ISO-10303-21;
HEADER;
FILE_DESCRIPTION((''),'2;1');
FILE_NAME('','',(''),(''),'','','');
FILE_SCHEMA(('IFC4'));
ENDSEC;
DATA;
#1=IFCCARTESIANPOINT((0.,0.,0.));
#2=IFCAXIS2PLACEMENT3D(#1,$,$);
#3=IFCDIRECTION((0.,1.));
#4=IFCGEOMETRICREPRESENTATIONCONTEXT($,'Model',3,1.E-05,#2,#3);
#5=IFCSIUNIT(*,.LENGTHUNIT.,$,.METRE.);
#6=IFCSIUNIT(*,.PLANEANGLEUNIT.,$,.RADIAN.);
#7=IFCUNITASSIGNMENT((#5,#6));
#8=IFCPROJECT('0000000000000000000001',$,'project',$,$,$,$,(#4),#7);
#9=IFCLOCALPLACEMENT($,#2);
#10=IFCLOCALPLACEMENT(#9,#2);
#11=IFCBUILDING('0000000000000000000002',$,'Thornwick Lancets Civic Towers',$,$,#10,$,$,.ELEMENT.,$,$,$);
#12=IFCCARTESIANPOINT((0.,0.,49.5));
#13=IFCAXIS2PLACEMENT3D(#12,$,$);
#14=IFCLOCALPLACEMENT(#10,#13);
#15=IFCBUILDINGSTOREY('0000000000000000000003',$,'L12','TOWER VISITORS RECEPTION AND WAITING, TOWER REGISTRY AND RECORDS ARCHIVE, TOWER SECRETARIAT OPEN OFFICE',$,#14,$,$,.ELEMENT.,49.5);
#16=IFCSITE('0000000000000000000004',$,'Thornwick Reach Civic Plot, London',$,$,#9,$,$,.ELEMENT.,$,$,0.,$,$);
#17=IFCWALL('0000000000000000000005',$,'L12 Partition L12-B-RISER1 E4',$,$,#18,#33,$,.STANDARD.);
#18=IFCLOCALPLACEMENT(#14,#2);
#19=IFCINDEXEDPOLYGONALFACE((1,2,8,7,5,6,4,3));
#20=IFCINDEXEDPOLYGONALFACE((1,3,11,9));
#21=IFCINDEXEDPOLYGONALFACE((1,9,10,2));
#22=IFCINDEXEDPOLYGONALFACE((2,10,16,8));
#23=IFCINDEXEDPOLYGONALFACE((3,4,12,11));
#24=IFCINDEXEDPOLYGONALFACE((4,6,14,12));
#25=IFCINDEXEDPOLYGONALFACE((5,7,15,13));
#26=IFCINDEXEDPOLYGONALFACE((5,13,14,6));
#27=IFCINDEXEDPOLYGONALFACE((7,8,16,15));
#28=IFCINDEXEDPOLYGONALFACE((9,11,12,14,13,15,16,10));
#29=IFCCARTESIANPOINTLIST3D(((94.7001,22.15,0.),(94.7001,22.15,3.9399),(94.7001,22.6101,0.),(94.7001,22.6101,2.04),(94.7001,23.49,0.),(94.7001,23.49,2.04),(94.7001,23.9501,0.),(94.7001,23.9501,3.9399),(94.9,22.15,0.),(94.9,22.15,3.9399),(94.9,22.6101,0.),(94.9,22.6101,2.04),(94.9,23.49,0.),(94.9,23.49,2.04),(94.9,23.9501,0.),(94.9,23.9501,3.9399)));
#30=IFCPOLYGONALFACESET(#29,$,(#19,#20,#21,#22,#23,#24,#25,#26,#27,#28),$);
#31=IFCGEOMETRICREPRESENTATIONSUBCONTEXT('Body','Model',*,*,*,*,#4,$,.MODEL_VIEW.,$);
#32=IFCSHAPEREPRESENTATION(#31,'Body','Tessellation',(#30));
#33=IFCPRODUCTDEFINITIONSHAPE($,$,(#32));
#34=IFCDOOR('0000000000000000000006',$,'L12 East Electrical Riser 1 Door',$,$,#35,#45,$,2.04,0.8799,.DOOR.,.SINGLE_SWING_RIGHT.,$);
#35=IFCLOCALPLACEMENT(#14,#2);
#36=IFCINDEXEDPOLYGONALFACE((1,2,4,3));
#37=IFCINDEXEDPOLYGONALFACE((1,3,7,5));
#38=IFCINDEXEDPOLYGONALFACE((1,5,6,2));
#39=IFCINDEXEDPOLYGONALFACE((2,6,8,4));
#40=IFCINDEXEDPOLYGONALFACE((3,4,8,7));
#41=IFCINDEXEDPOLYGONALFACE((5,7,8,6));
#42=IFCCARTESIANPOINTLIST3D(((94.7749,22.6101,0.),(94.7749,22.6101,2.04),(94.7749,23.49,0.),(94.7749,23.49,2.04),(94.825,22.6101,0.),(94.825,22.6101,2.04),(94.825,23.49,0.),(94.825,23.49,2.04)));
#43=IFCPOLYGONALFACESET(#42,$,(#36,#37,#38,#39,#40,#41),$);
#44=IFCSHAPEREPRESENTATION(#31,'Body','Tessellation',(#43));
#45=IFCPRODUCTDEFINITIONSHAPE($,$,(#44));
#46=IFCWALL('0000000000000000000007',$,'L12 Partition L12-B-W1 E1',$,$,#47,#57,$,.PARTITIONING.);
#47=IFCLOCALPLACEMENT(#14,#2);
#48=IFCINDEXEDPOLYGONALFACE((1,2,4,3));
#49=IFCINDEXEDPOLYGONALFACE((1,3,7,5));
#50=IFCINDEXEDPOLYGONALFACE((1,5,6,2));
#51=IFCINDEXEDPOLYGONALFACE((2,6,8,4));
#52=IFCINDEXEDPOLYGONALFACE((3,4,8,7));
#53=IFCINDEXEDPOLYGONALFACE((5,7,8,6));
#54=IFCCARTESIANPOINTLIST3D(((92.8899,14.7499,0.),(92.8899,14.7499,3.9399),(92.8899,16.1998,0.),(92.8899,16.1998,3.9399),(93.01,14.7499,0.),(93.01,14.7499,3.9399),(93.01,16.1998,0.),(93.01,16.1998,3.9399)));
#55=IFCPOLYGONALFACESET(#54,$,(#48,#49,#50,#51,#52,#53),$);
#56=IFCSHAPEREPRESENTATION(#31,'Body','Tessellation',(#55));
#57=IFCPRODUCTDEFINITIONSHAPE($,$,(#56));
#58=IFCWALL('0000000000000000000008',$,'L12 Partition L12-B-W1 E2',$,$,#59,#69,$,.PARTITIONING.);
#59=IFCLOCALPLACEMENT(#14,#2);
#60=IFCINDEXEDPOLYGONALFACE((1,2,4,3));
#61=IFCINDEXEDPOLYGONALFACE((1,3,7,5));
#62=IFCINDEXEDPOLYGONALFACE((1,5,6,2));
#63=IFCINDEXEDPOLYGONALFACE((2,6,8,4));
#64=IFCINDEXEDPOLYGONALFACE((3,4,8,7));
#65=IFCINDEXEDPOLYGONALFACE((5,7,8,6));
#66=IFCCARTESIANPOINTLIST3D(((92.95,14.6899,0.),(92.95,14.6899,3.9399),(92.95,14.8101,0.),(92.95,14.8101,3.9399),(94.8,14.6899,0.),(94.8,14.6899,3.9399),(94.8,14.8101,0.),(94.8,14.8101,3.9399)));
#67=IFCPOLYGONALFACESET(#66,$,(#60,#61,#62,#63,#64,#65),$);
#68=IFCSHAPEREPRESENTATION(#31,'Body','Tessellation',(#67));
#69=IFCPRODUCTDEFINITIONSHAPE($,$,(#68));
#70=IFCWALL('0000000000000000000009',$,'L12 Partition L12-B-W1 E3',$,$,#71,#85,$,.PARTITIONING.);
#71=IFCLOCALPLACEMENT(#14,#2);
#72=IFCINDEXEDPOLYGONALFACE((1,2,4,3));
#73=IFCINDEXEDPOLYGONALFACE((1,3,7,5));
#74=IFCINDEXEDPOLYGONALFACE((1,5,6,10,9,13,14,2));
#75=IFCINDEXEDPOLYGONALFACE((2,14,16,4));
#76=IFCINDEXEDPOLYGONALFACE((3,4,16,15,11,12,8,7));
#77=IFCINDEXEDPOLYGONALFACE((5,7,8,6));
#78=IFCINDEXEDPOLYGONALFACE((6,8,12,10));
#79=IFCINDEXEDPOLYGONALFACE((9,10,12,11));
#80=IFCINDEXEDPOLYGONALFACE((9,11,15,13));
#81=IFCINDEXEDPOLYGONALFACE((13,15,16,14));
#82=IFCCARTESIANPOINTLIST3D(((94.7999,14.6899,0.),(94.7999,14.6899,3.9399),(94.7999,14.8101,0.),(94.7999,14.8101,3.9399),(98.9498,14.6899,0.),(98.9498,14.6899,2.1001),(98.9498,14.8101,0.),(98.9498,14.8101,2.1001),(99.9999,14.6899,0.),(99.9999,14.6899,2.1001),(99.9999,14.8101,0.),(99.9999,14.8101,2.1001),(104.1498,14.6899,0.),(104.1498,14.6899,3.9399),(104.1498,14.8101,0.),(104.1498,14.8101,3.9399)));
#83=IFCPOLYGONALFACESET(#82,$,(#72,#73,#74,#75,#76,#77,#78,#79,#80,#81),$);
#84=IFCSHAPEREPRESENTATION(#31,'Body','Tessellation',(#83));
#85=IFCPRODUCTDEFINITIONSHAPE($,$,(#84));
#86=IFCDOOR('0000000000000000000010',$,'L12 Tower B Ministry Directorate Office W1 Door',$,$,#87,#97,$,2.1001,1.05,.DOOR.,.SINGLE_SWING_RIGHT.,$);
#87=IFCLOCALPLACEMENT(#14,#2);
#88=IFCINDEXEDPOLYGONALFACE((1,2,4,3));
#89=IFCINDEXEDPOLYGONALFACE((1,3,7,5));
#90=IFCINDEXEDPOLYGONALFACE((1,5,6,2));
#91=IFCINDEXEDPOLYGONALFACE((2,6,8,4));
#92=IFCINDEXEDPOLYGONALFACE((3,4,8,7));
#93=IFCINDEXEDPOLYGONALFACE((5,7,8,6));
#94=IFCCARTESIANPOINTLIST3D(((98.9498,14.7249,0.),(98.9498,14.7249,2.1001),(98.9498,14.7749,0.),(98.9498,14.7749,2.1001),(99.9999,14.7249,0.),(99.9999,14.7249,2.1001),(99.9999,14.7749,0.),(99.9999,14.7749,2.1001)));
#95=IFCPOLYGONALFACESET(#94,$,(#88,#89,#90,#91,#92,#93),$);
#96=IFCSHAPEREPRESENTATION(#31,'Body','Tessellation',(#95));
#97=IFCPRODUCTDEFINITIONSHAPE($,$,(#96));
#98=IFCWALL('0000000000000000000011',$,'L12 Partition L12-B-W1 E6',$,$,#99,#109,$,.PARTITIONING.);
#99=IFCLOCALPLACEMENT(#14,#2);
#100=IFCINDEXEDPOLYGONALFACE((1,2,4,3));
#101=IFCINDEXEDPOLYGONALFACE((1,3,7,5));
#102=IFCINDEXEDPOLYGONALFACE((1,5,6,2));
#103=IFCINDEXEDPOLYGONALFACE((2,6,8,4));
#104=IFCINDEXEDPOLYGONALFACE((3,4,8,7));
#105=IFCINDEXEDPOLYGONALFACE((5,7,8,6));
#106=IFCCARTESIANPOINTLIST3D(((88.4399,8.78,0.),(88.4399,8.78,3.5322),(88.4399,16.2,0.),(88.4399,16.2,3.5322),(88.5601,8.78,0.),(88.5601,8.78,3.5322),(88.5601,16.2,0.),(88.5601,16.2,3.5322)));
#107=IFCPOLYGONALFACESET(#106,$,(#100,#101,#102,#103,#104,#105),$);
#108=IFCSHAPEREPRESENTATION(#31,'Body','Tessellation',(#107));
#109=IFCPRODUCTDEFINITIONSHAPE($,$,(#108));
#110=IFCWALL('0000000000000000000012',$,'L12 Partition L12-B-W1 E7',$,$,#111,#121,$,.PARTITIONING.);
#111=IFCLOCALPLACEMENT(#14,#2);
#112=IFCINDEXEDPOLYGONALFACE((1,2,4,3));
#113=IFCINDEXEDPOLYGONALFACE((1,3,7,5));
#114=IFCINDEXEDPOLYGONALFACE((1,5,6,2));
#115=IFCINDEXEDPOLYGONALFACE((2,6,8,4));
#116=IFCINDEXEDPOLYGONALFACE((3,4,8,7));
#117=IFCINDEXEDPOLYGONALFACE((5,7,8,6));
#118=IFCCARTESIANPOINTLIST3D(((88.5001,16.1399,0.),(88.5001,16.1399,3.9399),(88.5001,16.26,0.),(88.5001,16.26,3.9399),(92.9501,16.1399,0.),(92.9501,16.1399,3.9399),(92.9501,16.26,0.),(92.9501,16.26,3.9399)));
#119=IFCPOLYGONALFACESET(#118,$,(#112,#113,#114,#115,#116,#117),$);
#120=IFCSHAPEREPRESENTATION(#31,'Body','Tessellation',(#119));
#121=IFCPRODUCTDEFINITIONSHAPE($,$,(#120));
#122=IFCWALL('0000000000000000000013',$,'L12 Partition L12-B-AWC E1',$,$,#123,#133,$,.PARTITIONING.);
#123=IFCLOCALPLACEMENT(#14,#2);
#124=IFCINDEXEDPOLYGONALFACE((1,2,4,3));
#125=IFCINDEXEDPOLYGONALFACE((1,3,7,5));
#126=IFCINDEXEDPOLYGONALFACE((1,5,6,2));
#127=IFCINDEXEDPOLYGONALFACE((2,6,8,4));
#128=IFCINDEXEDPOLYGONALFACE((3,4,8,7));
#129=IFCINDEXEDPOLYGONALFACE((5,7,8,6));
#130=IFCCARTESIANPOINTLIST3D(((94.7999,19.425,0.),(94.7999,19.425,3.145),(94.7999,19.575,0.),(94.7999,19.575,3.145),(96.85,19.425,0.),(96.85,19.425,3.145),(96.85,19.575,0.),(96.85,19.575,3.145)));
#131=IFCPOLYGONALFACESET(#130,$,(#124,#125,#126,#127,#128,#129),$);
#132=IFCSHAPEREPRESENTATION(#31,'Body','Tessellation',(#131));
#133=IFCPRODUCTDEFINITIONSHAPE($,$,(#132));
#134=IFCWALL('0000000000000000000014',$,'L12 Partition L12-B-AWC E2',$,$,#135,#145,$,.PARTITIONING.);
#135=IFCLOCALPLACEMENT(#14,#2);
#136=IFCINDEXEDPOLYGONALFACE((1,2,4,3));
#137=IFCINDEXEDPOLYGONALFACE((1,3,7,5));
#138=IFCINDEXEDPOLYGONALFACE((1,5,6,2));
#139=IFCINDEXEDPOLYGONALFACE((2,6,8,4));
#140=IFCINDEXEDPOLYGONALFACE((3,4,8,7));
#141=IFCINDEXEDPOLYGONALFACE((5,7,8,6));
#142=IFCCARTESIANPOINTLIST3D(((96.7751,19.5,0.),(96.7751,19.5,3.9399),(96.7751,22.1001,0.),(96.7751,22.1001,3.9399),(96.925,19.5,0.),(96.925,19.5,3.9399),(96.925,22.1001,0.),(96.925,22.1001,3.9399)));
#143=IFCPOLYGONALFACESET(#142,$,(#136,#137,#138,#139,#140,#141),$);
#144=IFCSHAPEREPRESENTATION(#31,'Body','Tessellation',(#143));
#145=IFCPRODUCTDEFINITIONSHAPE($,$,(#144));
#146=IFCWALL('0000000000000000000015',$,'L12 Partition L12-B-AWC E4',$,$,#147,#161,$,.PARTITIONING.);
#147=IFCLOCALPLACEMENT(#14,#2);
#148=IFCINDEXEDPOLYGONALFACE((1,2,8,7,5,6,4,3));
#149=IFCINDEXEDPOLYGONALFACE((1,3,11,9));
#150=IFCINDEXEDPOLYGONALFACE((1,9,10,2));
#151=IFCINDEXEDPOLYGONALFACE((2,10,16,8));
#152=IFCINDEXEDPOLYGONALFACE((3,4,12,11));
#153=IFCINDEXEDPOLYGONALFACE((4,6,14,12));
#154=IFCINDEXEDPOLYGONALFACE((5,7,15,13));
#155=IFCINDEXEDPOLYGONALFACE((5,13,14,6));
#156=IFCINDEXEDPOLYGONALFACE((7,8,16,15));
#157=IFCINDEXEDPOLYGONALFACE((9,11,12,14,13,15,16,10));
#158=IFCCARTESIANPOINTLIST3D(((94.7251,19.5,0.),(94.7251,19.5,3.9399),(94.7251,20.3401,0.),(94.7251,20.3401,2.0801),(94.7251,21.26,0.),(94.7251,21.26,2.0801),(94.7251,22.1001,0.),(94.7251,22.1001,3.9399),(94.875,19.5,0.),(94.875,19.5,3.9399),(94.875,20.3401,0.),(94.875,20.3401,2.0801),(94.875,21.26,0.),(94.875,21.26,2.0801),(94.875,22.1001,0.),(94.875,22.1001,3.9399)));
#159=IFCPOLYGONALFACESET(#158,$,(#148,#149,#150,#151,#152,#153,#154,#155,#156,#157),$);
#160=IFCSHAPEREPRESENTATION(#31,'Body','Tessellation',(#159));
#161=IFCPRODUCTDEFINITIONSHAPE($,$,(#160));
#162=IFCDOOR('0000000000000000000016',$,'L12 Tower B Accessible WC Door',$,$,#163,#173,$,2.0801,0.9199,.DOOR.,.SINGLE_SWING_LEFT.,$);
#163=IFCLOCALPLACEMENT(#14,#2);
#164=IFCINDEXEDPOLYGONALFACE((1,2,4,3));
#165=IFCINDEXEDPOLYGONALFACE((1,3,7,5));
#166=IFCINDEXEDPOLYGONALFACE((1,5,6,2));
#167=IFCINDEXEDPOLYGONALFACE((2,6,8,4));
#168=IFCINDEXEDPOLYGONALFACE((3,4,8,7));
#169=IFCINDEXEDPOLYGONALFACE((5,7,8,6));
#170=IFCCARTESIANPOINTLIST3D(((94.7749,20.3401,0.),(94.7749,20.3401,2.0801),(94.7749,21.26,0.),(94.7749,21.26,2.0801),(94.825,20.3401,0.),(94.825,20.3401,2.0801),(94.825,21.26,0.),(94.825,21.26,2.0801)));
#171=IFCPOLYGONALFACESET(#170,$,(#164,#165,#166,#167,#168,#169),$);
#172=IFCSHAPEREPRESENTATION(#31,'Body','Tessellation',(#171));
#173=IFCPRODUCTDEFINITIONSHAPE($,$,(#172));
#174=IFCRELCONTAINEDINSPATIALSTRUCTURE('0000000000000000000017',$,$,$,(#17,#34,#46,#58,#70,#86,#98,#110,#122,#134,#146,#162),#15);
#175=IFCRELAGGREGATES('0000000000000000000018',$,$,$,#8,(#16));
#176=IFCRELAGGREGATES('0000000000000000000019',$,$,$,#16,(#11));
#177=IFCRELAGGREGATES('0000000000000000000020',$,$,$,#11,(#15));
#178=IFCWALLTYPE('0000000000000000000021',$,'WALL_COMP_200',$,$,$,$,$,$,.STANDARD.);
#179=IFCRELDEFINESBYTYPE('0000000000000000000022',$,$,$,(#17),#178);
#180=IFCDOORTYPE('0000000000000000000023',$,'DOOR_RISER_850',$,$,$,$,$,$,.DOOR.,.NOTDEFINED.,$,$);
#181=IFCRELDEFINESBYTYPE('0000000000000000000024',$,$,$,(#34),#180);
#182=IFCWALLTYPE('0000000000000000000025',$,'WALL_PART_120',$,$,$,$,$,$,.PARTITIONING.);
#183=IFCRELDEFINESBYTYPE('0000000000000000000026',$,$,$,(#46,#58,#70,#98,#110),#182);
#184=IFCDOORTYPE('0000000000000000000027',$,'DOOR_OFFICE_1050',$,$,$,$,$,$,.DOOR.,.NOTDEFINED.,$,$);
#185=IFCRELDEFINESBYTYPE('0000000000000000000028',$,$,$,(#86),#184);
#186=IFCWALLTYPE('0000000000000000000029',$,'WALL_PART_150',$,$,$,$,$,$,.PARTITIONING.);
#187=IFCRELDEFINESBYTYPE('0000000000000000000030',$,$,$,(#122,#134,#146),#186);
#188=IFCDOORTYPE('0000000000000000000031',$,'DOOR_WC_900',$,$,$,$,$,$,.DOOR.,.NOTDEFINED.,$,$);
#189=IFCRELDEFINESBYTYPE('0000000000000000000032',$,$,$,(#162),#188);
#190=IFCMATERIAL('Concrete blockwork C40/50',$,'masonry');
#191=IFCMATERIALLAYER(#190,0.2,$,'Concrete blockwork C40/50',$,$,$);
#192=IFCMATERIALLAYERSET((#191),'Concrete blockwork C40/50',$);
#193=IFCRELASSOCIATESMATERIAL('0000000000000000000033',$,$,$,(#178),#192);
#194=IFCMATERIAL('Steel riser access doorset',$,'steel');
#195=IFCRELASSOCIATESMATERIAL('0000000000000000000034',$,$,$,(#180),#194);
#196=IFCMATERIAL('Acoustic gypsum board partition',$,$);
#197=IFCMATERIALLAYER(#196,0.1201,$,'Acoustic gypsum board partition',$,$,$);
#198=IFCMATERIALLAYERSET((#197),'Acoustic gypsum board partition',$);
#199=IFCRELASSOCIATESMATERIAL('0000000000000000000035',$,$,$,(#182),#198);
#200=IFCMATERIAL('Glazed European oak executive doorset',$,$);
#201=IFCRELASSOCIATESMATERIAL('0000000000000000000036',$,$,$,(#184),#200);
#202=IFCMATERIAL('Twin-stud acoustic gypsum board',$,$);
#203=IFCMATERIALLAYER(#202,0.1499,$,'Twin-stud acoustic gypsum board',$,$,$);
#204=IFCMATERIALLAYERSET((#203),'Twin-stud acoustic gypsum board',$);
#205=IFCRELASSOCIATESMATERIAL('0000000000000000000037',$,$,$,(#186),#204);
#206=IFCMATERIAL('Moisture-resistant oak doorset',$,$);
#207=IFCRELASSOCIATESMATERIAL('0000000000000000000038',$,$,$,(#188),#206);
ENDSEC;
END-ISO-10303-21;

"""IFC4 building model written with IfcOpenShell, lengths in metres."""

from ifc_helpers import new_model, si_unit, direction, frame, frame_2d, origin, place, context, subcontext, project, spatial, rectangle, extrude, material, layer, layer_set, type_object, element, fill, save


model = new_model("IFC4")

# Units and contexts
model_context = context("Model", 3, precision=1e-05, world=origin(), true_north=direction((0.0, 1.0)))
body_context = subcontext(model_context, "Body", "Model", "MODEL_VIEW")
ifc_project = project(units=[si_unit("LENGTHUNIT", "METRE"), si_unit("PLANEANGLEUNIT", "RADIAN")], contexts=[model_context])

# Site, building, storey
site_placement = place(None, origin())
site = spatial("IfcSite", under=ifc_project, at=site_placement, Name="Thornwick Reach Civic Plot, London", CompositionType="ELEMENT", RefElevation=0.0)
building_placement = place(site_placement, origin())
building = spatial("IfcBuilding", under=site, at=building_placement, Name="Thornwick Lancets Civic Towers", CompositionType="ELEMENT")
storey_placement = place(building_placement, frame((0.0, 0.0, 49.5)))
storey = spatial("IfcBuildingStorey", under=building, at=storey_placement, Name="L12", Description="TOWER VISITORS RECEPTION AND WAITING, TOWER REGISTRY AND RECORDS ARCHIVE, TOWER SECRETARIAT OPEN OFFICE", CompositionType="ELEMENT", Elevation=49.5)

# Shared definitions
ifc_material_1 = material(Name="Concrete blockwork C40/50", Category="masonry")
ifc_layer_1 = layer(ifc_material_1, 0.2, Name="Concrete blockwork C40/50")
ifc_layer_set_1 = layer_set([ifc_layer_1], Name="Concrete blockwork C40/50")
wall_type_1 = type_object("IfcWallType", Name="WALL_COMP_200", PredefinedType="STANDARD", material=ifc_layer_set_1)

# Wall, opening, door
wall_1_placement = place(storey_placement, frame((94.8, 23.95, 0.0), z_axis=(0.0, 0.0, 1.0), x_axis=(0.0, -1.0, 0.0)))
wall_1 = element("IfcWall", 1, at=wall_1_placement, inside=storey, type_object=wall_type_1, Name="L12 Partition L12-B-RISER1 E4", PredefinedType="STANDARD", context=body_context, shape_type="SweptSolid", body=[
    extrude(rectangle(XDim=1.8, YDim=0.2, at=frame_2d((0.8999, 0.0))), origin(), (0.0, 0.0, 1.0), 3.9399),
])
opening_1_placement = place(wall_1_placement, frame((0.46, 0.0, 0.0)))
opening_1 = element("IfcOpeningElement", 2, at=opening_1_placement, cuts=wall_1, PredefinedType="OPENING", context=body_context, shape_type="SweptSolid", body=[
    extrude(rectangle(XDim=0.8799, YDim=2.04, at=frame_2d((0.4399, 1.02))), frame((0.0, 0.1099, 0.0), z_axis=(0.0, -1.0, 0.0), x_axis=(1.0, 0.0, 0.0)), (0.0, 0.0, 1.0), 0.22),
])
ifc_material_2 = material(Name="Steel riser access doorset", Category="steel")
door_type_1 = type_object("IfcDoorType", Name="DOOR_RISER_850", OperationType="NOTDEFINED", PredefinedType="DOOR", material=ifc_material_2)
door_1_placement = place(opening_1_placement, origin())
door_1 = element("IfcDoor", 3, at=door_1_placement, inside=storey, type_object=door_type_1, Name="L12 East Electrical Riser 1 Door", OperationType="SINGLE_SWING_RIGHT", OverallHeight=2.04, OverallWidth=0.8799, PredefinedType="DOOR", context=body_context, shape_type="SweptSolid", body=[
    extrude(rectangle(XDim=0.8799, YDim=2.04, at=frame_2d((0.4399, 1.02))), frame((0.0, 0.0249, 0.0), z_axis=(0.0, -1.0, 0.0), x_axis=(1.0, 0.0, 0.0)), (0.0, 0.0, 1.0), 0.05),
])
fill(opening_1, door_1)

# Walls
ifc_material_3 = material(Name="Acoustic gypsum board partition")
ifc_layer_2 = layer(ifc_material_3, 0.1201, Name="Acoustic gypsum board partition")
ifc_layer_set_2 = layer_set([ifc_layer_2], Name="Acoustic gypsum board partition")
wall_type_2 = type_object("IfcWallType", Name="WALL_PART_120", PredefinedType="PARTITIONING", material=ifc_layer_set_2)
wall_2_placement = place(storey_placement, frame((92.95, 16.2, 0.0), z_axis=(0.0, 0.0, 1.0), x_axis=(0.0, -1.0, 0.0)))
element("IfcWall", 4, at=wall_2_placement, inside=storey, type_object=wall_type_2, Name="L12 Partition L12-B-W1 E1", PredefinedType="PARTITIONING", context=body_context, shape_type="SweptSolid", body=[
    extrude(rectangle(XDim=1.45, YDim=0.1201, at=frame_2d((0.7251, 0.0))), origin(), (0.0, 0.0, 1.0), 3.9399),
])
wall_3_placement = place(storey_placement, frame((92.95, 14.75, 0.0), z_axis=(0.0, 0.0, 1.0), x_axis=(1.0, 0.0, 0.0)))
element("IfcWall", 5, at=wall_3_placement, inside=storey, type_object=wall_type_2, Name="L12 Partition L12-B-W1 E2", PredefinedType="PARTITIONING", context=body_context, shape_type="SweptSolid", body=[
    extrude(rectangle(XDim=1.8501, YDim=0.1201, at=frame_2d((0.925, 0.0))), origin(), (0.0, 0.0, 1.0), 3.9399),
])

# Wall, opening, door
wall_4_placement = place(storey_placement, frame((94.8, 14.75, 0.0), z_axis=(0.0, 0.0, 1.0), x_axis=(1.0, 0.0, 0.0)))
wall_4 = element("IfcWall", 6, at=wall_4_placement, inside=storey, type_object=wall_type_2, Name="L12 Partition L12-B-W1 E3", PredefinedType="PARTITIONING", context=body_context, shape_type="SweptSolid", body=[
    extrude(rectangle(XDim=9.3499, YDim=0.1201, at=frame_2d((4.6748, 0.0))), origin(), (0.0, 0.0, 1.0), 3.9399),
])
opening_2_placement = place(wall_4_placement, frame((4.1499, 0.0, 0.0)))
opening_2 = element("IfcOpeningElement", 7, at=opening_2_placement, cuts=wall_4, PredefinedType="OPENING", context=body_context, shape_type="SweptSolid", body=[
    extrude(rectangle(XDim=1.05, YDim=2.1001, at=frame_2d((0.5249, 1.05))), frame((0.0, 0.0701, 0.0), z_axis=(0.0, -1.0, 0.0), x_axis=(1.0, 0.0, 0.0)), (0.0, 0.0, 1.0), 0.1401),
])
ifc_material_4 = material(Name="Glazed European oak executive doorset")
door_type_2 = type_object("IfcDoorType", Name="DOOR_OFFICE_1050", OperationType="NOTDEFINED", PredefinedType="DOOR", material=ifc_material_4)
door_2_placement = place(opening_2_placement, origin())
door_2 = element("IfcDoor", 8, at=door_2_placement, inside=storey, type_object=door_type_2, Name="L12 Tower B Ministry Directorate Office W1 Door", OperationType="SINGLE_SWING_RIGHT", OverallHeight=2.1001, OverallWidth=1.05, PredefinedType="DOOR", context=body_context, shape_type="SweptSolid", body=[
    extrude(rectangle(XDim=1.05, YDim=2.1001, at=frame_2d((0.5249, 1.05))), frame((0.0, 0.0249, 0.0), z_axis=(0.0, -1.0, 0.0), x_axis=(1.0, 0.0, 0.0)), (0.0, 0.0, 1.0), 0.05),
])
fill(opening_2, door_2)

# Walls
wall_5_placement = place(storey_placement, frame((88.5, 8.78, 0.0), z_axis=(0.0, 0.0, 1.0), x_axis=(0.0, 1.0, 0.0)))
element("IfcWall", 9, at=wall_5_placement, inside=storey, type_object=wall_type_2, Name="L12 Partition L12-B-W1 E6", PredefinedType="PARTITIONING", context=body_context, shape_type="SweptSolid", body=[
    extrude(rectangle(XDim=7.4199, YDim=0.1201, at=frame_2d((3.71, 0.0))), origin(), (0.0, 0.0, 1.0), 3.5322),
])
wall_6_placement = place(storey_placement, frame((88.5, 16.2, 0.0), z_axis=(0.0, 0.0, 1.0), x_axis=(1.0, 0.0, 0.0)))
element("IfcWall", 10, at=wall_6_placement, inside=storey, type_object=wall_type_2, Name="L12 Partition L12-B-W1 E7", PredefinedType="PARTITIONING", context=body_context, shape_type="SweptSolid", body=[
    extrude(rectangle(XDim=4.45, YDim=0.1201, at=frame_2d((2.2251, 0.0))), origin(), (0.0, 0.0, 1.0), 3.9399),
])
ifc_material_5 = material(Name="Twin-stud acoustic gypsum board")
ifc_layer_3 = layer(ifc_material_5, 0.1499, Name="Twin-stud acoustic gypsum board")
ifc_layer_set_3 = layer_set([ifc_layer_3], Name="Twin-stud acoustic gypsum board")
wall_type_3 = type_object("IfcWallType", Name="WALL_PART_150", PredefinedType="PARTITIONING", material=ifc_layer_set_3)
wall_7_placement = place(storey_placement, frame((94.8, 19.5, 0.0), z_axis=(0.0, 0.0, 1.0), x_axis=(1.0, 0.0, 0.0)))
element("IfcWall", 11, at=wall_7_placement, inside=storey, type_object=wall_type_3, Name="L12 Partition L12-B-AWC E1", PredefinedType="PARTITIONING", context=body_context, shape_type="SweptSolid", body=[
    extrude(rectangle(XDim=2.05, YDim=0.1499, at=frame_2d((1.0249, 0.0))), origin(), (0.0, 0.0, 1.0), 3.145),
])
wall_8_placement = place(storey_placement, frame((96.8501, 19.5, 0.0), z_axis=(0.0, 0.0, 1.0), x_axis=(0.0, 1.0, 0.0)))
element("IfcWall", 12, at=wall_8_placement, inside=storey, type_object=wall_type_3, Name="L12 Partition L12-B-AWC E2", PredefinedType="PARTITIONING", context=body_context, shape_type="SweptSolid", body=[
    extrude(rectangle(XDim=2.6001, YDim=0.1499, at=frame_2d((1.3, 0.0))), origin(), (0.0, 0.0, 1.0), 3.9399),
])

# Wall, opening, door
wall_9_placement = place(storey_placement, frame((94.8, 22.1001, 0.0), z_axis=(0.0, 0.0, 1.0), x_axis=(0.0, -1.0, 0.0)))
wall_9 = element("IfcWall", 13, at=wall_9_placement, inside=storey, type_object=wall_type_3, Name="L12 Partition L12-B-AWC E4", PredefinedType="PARTITIONING", context=body_context, shape_type="SweptSolid", body=[
    extrude(rectangle(XDim=2.6001, YDim=0.1499, at=frame_2d((1.3, 0.0))), origin(), (0.0, 0.0, 1.0), 3.9399),
])
opening_3_placement = place(wall_9_placement, frame((0.8401, 0.0, 0.0)))
opening_3 = element("IfcOpeningElement", 14, at=opening_3_placement, cuts=wall_9, PredefinedType="OPENING", context=body_context, shape_type="SweptSolid", body=[
    extrude(rectangle(XDim=0.9199, YDim=2.0801, at=frame_2d((0.46, 1.04))), frame((0.0, 0.085, 0.0), z_axis=(0.0, -1.0, 0.0), x_axis=(1.0, 0.0, 0.0)), (0.0, 0.0, 1.0), 0.1699),
])
ifc_material_6 = material(Name="Moisture-resistant oak doorset")
door_type_3 = type_object("IfcDoorType", Name="DOOR_WC_900", OperationType="NOTDEFINED", PredefinedType="DOOR", material=ifc_material_6)
door_3_placement = place(opening_3_placement, origin())
door_3 = element("IfcDoor", 15, at=door_3_placement, inside=storey, type_object=door_type_3, Name="L12 Tower B Accessible WC Door", OperationType="SINGLE_SWING_LEFT", OverallHeight=2.0801, OverallWidth=0.9199, PredefinedType="DOOR", context=body_context, shape_type="SweptSolid", body=[
    extrude(rectangle(XDim=0.9199, YDim=2.0801, at=frame_2d((0.46, 1.04))), frame((0.0, 0.0249, 0.0), z_axis=(0.0, -1.0, 0.0), x_axis=(1.0, 0.0, 0.0)), (0.0, 0.0, 1.0), 0.05),
])
fill(opening_3, door_3)

save(model, "model.ifc")
